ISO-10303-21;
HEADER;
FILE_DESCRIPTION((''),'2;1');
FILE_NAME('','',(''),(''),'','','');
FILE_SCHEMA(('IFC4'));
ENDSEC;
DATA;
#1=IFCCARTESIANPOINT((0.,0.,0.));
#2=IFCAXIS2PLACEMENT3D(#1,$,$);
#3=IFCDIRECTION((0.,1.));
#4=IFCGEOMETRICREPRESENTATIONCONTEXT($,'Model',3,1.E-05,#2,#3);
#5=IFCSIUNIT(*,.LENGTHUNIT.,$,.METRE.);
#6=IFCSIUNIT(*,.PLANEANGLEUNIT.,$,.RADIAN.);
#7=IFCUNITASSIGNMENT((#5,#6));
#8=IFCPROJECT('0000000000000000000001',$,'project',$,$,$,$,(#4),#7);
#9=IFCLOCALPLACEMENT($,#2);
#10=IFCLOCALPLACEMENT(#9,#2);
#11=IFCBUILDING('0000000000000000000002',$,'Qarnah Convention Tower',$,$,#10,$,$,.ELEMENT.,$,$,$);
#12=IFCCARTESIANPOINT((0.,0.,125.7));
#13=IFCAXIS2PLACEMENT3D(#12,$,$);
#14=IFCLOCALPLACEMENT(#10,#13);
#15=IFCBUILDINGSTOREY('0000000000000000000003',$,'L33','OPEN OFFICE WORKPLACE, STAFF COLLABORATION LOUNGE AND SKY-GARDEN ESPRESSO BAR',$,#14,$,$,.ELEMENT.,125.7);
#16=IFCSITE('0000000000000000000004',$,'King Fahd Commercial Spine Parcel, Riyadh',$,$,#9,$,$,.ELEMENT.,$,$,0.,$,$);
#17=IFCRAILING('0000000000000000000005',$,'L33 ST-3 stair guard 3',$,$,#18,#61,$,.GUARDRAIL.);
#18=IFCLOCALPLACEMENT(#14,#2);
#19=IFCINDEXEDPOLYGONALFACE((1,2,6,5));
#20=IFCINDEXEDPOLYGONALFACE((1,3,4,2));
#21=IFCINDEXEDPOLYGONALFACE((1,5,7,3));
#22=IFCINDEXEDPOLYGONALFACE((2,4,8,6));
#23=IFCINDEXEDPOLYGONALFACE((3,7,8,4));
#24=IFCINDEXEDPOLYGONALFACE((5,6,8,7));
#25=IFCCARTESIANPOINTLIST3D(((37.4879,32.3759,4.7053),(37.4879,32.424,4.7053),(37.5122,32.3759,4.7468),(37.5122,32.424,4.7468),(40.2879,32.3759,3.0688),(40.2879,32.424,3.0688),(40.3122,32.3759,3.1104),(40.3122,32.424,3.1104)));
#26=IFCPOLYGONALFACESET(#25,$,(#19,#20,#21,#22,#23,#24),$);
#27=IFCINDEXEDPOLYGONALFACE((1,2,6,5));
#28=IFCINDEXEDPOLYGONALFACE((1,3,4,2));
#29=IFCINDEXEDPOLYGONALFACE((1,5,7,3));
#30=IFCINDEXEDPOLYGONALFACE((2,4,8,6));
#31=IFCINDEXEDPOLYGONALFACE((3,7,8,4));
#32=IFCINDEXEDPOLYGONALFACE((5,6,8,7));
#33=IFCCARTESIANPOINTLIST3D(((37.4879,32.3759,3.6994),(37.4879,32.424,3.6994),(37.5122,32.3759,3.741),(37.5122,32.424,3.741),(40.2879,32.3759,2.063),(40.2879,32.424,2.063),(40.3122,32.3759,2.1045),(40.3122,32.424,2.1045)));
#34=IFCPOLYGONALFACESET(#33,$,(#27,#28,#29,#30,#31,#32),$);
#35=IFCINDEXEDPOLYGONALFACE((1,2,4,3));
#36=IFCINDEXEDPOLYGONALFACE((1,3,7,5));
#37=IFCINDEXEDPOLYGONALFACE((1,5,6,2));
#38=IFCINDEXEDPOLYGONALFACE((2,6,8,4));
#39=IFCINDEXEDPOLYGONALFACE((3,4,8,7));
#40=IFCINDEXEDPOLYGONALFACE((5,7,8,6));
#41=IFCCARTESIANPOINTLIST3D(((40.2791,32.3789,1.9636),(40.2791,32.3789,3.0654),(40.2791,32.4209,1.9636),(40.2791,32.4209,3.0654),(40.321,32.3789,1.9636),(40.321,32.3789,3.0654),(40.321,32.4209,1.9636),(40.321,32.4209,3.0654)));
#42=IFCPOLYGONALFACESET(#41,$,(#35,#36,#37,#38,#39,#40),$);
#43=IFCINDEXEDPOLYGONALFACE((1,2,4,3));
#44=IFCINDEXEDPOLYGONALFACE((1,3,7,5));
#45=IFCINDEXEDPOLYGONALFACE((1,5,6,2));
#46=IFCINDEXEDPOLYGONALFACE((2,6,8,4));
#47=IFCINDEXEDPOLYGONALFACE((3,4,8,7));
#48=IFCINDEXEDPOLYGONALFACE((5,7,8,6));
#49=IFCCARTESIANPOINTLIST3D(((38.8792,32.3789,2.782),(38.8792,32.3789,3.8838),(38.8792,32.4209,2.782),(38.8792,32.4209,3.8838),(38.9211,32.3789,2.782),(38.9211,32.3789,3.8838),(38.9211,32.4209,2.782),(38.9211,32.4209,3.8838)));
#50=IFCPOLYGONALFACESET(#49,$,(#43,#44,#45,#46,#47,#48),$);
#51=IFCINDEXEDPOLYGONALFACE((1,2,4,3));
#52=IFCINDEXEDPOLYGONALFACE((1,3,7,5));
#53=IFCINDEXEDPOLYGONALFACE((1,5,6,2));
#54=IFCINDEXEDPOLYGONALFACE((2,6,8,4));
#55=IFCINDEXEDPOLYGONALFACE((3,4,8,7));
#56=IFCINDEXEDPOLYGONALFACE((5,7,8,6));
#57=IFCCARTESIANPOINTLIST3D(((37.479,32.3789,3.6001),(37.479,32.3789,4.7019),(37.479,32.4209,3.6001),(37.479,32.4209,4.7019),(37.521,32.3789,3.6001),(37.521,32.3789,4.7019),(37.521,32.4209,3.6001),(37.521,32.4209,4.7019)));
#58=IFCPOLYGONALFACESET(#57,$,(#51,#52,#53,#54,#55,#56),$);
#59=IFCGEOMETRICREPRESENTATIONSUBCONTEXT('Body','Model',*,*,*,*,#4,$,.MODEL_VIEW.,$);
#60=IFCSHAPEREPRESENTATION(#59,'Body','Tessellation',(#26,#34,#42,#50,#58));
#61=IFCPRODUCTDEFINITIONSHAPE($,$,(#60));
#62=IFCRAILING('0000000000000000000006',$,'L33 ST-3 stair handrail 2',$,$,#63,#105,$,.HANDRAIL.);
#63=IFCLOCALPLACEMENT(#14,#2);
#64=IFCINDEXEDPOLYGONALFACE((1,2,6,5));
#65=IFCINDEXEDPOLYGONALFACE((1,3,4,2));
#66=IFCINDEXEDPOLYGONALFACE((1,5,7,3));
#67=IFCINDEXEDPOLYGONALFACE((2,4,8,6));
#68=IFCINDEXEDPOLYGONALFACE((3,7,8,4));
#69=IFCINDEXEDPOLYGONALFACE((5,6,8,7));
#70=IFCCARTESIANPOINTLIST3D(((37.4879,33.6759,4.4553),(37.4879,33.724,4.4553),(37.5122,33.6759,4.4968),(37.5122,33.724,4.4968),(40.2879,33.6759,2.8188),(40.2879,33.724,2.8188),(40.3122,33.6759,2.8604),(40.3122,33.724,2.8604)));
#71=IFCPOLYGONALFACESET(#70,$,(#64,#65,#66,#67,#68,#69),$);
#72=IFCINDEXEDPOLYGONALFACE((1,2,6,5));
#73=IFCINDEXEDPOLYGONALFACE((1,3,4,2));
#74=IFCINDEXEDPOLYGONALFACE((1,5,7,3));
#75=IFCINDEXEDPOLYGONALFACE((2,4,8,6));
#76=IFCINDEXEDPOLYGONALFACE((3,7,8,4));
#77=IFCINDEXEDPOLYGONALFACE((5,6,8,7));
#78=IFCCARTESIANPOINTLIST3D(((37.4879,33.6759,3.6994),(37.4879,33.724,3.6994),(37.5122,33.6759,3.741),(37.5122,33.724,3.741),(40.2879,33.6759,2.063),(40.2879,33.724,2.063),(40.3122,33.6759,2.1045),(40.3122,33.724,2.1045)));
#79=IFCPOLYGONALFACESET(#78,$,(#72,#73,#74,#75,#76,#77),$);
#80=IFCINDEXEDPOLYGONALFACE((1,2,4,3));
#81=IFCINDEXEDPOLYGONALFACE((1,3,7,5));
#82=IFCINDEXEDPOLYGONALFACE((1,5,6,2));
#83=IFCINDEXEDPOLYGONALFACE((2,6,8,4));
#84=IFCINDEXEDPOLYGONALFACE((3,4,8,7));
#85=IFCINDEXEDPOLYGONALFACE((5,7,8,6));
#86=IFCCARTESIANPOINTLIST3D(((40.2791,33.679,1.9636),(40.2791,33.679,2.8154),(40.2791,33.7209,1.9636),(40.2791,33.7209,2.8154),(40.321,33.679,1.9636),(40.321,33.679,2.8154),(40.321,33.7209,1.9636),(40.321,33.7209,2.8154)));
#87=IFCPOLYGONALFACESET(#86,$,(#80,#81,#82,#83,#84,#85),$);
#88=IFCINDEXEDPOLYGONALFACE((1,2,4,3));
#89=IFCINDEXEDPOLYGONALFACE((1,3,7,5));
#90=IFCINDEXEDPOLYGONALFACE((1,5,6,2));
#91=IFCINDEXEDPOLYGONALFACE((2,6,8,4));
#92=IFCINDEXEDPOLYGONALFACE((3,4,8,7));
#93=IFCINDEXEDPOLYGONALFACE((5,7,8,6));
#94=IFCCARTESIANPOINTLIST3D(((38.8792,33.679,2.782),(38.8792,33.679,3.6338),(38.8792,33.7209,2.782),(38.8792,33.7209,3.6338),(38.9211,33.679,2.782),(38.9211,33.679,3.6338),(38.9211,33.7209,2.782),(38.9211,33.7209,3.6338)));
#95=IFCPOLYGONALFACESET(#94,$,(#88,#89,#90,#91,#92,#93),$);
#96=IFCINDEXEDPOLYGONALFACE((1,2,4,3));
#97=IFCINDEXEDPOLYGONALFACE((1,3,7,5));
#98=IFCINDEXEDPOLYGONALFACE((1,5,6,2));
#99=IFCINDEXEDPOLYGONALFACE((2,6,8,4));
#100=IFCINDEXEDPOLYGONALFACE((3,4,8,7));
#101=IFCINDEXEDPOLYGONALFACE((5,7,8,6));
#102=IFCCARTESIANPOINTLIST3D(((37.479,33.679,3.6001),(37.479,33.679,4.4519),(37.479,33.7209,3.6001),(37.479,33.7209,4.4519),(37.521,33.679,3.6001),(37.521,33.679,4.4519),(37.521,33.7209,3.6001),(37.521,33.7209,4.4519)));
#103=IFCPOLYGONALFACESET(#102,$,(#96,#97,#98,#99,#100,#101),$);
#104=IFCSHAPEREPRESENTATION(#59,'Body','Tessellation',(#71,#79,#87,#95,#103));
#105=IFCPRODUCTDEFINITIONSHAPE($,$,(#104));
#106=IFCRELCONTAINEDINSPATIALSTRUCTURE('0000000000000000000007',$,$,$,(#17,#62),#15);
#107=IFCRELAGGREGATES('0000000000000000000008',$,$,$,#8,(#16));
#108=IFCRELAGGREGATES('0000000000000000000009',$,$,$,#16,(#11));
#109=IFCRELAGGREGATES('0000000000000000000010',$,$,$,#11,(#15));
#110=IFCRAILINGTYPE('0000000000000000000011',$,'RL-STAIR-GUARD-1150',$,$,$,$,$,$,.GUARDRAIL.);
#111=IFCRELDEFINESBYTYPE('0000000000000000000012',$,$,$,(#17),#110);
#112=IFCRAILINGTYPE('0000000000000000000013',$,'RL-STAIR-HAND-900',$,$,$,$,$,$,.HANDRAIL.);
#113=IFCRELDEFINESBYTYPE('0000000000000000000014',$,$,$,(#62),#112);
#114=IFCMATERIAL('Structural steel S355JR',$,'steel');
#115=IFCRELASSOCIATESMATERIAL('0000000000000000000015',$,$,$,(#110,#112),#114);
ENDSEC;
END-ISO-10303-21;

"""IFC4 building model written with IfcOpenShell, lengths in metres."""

from ifc_helpers import new_model, si_unit, direction, frame, origin, origin_2d, place, context, subcontext, project, spatial, rectangle, extrude, material, type_object, element, save


model = new_model("IFC4")

# Units and contexts
model_context = context("Model", 3, precision=1e-05, world=origin(), true_north=direction((0.0, 1.0)))
body_context = subcontext(model_context, "Body", "Model", "MODEL_VIEW")
ifc_project = project(units=[si_unit("LENGTHUNIT", "METRE"), si_unit("PLANEANGLEUNIT", "RADIAN")], contexts=[model_context])

# Site, building, storey
site_placement = place(None, origin())
site = spatial("IfcSite", under=ifc_project, at=site_placement, Name="King Fahd Commercial Spine Parcel, Riyadh", CompositionType="ELEMENT", RefElevation=0.0)
building_placement = place(site_placement, origin())
building = spatial("IfcBuilding", under=site, at=building_placement, Name="Qarnah Convention Tower", CompositionType="ELEMENT")
storey_placement = place(building_placement, frame((0.0, 0.0, 125.7)))
storey = spatial("IfcBuildingStorey", under=building, at=storey_placement, Name="L33", Description="OPEN OFFICE WORKPLACE, STAFF COLLABORATION LOUNGE AND SKY-GARDEN ESPRESSO BAR", CompositionType="ELEMENT", Elevation=125.7)

# Shared definitions
ifc_material_1 = material(Name="Structural steel S355JR", Category="steel")

# Railings
railing_type_1 = type_object("IfcRailingType", Name="RL-STAIR-GUARD-1150", PredefinedType="GUARDRAIL", material=ifc_material_1)
railing_1_placement = place(storey_placement, frame((40.3, 32.3999, 1.9636)))
element("IfcRailing", 1, at=railing_1_placement, inside=storey, type_object=railing_type_1, Name="L33 ST-3 stair guard 3", PredefinedType="GUARDRAIL", context=body_context, shape_type="SweptSolid", body=[
    extrude(rectangle(XDim=0.0481, YDim=0.0481, at=origin_2d()), frame((0.0, 0.0, 1.126), z_axis=(-0.863361, 0.0, 0.504587), x_axis=(0.0, -1.0, 0.0)), (0.0, 0.0, 1.0), 3.2432),
    extrude(rectangle(XDim=0.0481, YDim=0.0481, at=origin_2d()), frame((0.0, 0.0, 0.1201), z_axis=(-0.863361, 0.0, 0.504587), x_axis=(0.0, -1.0, 0.0)), (0.0, 0.0, 1.0), 3.2432),
    extrude(rectangle(XDim=0.042, YDim=0.042, at=origin_2d()), origin(), (0.0, 0.0, 1.0), 1.1018),
    extrude(rectangle(XDim=0.042, YDim=0.042, at=origin_2d()), frame((-1.3999, 0.0, 0.8184)), (0.0, 0.0, 1.0), 1.1018),
    extrude(rectangle(XDim=0.042, YDim=0.042, at=origin_2d()), frame((-2.8, 0.0, 1.6365)), (0.0, 0.0, 1.0), 1.1018),
])
railing_type_2 = type_object("IfcRailingType", Name="RL-STAIR-HAND-900", PredefinedType="HANDRAIL", material=ifc_material_1)
railing_2_placement = place(storey_placement, frame((40.3, 33.7, 1.9636)))
element("IfcRailing", 2, at=railing_2_placement, inside=storey, type_object=railing_type_2, Name="L33 ST-3 stair handrail 2", PredefinedType="HANDRAIL", context=body_context, shape_type="SweptSolid", body=[
    extrude(rectangle(XDim=0.0481, YDim=0.0481, at=origin_2d()), frame((0.0, 0.0, 0.876), z_axis=(-0.863361, 0.0, 0.504587), x_axis=(0.0, -1.0, 0.0)), (0.0, 0.0, 1.0), 3.2432),
    extrude(rectangle(XDim=0.0481, YDim=0.0481, at=origin_2d()), frame((0.0, 0.0, 0.1201), z_axis=(-0.863361, 0.0, 0.504587), x_axis=(0.0, -1.0, 0.0)), (0.0, 0.0, 1.0), 3.2432),
    extrude(rectangle(XDim=0.042, YDim=0.042, at=origin_2d()), origin(), (0.0, 0.0, 1.0), 0.8518),
    extrude(rectangle(XDim=0.042, YDim=0.042, at=origin_2d()), frame((-1.3999, 0.0, 0.8184)), (0.0, 0.0, 1.0), 0.8518),
    extrude(rectangle(XDim=0.042, YDim=0.042, at=origin_2d()), frame((-2.8, 0.0, 1.6365)), (0.0, 0.0, 1.0), 0.8518),
])

save(model, "model.ifc")
